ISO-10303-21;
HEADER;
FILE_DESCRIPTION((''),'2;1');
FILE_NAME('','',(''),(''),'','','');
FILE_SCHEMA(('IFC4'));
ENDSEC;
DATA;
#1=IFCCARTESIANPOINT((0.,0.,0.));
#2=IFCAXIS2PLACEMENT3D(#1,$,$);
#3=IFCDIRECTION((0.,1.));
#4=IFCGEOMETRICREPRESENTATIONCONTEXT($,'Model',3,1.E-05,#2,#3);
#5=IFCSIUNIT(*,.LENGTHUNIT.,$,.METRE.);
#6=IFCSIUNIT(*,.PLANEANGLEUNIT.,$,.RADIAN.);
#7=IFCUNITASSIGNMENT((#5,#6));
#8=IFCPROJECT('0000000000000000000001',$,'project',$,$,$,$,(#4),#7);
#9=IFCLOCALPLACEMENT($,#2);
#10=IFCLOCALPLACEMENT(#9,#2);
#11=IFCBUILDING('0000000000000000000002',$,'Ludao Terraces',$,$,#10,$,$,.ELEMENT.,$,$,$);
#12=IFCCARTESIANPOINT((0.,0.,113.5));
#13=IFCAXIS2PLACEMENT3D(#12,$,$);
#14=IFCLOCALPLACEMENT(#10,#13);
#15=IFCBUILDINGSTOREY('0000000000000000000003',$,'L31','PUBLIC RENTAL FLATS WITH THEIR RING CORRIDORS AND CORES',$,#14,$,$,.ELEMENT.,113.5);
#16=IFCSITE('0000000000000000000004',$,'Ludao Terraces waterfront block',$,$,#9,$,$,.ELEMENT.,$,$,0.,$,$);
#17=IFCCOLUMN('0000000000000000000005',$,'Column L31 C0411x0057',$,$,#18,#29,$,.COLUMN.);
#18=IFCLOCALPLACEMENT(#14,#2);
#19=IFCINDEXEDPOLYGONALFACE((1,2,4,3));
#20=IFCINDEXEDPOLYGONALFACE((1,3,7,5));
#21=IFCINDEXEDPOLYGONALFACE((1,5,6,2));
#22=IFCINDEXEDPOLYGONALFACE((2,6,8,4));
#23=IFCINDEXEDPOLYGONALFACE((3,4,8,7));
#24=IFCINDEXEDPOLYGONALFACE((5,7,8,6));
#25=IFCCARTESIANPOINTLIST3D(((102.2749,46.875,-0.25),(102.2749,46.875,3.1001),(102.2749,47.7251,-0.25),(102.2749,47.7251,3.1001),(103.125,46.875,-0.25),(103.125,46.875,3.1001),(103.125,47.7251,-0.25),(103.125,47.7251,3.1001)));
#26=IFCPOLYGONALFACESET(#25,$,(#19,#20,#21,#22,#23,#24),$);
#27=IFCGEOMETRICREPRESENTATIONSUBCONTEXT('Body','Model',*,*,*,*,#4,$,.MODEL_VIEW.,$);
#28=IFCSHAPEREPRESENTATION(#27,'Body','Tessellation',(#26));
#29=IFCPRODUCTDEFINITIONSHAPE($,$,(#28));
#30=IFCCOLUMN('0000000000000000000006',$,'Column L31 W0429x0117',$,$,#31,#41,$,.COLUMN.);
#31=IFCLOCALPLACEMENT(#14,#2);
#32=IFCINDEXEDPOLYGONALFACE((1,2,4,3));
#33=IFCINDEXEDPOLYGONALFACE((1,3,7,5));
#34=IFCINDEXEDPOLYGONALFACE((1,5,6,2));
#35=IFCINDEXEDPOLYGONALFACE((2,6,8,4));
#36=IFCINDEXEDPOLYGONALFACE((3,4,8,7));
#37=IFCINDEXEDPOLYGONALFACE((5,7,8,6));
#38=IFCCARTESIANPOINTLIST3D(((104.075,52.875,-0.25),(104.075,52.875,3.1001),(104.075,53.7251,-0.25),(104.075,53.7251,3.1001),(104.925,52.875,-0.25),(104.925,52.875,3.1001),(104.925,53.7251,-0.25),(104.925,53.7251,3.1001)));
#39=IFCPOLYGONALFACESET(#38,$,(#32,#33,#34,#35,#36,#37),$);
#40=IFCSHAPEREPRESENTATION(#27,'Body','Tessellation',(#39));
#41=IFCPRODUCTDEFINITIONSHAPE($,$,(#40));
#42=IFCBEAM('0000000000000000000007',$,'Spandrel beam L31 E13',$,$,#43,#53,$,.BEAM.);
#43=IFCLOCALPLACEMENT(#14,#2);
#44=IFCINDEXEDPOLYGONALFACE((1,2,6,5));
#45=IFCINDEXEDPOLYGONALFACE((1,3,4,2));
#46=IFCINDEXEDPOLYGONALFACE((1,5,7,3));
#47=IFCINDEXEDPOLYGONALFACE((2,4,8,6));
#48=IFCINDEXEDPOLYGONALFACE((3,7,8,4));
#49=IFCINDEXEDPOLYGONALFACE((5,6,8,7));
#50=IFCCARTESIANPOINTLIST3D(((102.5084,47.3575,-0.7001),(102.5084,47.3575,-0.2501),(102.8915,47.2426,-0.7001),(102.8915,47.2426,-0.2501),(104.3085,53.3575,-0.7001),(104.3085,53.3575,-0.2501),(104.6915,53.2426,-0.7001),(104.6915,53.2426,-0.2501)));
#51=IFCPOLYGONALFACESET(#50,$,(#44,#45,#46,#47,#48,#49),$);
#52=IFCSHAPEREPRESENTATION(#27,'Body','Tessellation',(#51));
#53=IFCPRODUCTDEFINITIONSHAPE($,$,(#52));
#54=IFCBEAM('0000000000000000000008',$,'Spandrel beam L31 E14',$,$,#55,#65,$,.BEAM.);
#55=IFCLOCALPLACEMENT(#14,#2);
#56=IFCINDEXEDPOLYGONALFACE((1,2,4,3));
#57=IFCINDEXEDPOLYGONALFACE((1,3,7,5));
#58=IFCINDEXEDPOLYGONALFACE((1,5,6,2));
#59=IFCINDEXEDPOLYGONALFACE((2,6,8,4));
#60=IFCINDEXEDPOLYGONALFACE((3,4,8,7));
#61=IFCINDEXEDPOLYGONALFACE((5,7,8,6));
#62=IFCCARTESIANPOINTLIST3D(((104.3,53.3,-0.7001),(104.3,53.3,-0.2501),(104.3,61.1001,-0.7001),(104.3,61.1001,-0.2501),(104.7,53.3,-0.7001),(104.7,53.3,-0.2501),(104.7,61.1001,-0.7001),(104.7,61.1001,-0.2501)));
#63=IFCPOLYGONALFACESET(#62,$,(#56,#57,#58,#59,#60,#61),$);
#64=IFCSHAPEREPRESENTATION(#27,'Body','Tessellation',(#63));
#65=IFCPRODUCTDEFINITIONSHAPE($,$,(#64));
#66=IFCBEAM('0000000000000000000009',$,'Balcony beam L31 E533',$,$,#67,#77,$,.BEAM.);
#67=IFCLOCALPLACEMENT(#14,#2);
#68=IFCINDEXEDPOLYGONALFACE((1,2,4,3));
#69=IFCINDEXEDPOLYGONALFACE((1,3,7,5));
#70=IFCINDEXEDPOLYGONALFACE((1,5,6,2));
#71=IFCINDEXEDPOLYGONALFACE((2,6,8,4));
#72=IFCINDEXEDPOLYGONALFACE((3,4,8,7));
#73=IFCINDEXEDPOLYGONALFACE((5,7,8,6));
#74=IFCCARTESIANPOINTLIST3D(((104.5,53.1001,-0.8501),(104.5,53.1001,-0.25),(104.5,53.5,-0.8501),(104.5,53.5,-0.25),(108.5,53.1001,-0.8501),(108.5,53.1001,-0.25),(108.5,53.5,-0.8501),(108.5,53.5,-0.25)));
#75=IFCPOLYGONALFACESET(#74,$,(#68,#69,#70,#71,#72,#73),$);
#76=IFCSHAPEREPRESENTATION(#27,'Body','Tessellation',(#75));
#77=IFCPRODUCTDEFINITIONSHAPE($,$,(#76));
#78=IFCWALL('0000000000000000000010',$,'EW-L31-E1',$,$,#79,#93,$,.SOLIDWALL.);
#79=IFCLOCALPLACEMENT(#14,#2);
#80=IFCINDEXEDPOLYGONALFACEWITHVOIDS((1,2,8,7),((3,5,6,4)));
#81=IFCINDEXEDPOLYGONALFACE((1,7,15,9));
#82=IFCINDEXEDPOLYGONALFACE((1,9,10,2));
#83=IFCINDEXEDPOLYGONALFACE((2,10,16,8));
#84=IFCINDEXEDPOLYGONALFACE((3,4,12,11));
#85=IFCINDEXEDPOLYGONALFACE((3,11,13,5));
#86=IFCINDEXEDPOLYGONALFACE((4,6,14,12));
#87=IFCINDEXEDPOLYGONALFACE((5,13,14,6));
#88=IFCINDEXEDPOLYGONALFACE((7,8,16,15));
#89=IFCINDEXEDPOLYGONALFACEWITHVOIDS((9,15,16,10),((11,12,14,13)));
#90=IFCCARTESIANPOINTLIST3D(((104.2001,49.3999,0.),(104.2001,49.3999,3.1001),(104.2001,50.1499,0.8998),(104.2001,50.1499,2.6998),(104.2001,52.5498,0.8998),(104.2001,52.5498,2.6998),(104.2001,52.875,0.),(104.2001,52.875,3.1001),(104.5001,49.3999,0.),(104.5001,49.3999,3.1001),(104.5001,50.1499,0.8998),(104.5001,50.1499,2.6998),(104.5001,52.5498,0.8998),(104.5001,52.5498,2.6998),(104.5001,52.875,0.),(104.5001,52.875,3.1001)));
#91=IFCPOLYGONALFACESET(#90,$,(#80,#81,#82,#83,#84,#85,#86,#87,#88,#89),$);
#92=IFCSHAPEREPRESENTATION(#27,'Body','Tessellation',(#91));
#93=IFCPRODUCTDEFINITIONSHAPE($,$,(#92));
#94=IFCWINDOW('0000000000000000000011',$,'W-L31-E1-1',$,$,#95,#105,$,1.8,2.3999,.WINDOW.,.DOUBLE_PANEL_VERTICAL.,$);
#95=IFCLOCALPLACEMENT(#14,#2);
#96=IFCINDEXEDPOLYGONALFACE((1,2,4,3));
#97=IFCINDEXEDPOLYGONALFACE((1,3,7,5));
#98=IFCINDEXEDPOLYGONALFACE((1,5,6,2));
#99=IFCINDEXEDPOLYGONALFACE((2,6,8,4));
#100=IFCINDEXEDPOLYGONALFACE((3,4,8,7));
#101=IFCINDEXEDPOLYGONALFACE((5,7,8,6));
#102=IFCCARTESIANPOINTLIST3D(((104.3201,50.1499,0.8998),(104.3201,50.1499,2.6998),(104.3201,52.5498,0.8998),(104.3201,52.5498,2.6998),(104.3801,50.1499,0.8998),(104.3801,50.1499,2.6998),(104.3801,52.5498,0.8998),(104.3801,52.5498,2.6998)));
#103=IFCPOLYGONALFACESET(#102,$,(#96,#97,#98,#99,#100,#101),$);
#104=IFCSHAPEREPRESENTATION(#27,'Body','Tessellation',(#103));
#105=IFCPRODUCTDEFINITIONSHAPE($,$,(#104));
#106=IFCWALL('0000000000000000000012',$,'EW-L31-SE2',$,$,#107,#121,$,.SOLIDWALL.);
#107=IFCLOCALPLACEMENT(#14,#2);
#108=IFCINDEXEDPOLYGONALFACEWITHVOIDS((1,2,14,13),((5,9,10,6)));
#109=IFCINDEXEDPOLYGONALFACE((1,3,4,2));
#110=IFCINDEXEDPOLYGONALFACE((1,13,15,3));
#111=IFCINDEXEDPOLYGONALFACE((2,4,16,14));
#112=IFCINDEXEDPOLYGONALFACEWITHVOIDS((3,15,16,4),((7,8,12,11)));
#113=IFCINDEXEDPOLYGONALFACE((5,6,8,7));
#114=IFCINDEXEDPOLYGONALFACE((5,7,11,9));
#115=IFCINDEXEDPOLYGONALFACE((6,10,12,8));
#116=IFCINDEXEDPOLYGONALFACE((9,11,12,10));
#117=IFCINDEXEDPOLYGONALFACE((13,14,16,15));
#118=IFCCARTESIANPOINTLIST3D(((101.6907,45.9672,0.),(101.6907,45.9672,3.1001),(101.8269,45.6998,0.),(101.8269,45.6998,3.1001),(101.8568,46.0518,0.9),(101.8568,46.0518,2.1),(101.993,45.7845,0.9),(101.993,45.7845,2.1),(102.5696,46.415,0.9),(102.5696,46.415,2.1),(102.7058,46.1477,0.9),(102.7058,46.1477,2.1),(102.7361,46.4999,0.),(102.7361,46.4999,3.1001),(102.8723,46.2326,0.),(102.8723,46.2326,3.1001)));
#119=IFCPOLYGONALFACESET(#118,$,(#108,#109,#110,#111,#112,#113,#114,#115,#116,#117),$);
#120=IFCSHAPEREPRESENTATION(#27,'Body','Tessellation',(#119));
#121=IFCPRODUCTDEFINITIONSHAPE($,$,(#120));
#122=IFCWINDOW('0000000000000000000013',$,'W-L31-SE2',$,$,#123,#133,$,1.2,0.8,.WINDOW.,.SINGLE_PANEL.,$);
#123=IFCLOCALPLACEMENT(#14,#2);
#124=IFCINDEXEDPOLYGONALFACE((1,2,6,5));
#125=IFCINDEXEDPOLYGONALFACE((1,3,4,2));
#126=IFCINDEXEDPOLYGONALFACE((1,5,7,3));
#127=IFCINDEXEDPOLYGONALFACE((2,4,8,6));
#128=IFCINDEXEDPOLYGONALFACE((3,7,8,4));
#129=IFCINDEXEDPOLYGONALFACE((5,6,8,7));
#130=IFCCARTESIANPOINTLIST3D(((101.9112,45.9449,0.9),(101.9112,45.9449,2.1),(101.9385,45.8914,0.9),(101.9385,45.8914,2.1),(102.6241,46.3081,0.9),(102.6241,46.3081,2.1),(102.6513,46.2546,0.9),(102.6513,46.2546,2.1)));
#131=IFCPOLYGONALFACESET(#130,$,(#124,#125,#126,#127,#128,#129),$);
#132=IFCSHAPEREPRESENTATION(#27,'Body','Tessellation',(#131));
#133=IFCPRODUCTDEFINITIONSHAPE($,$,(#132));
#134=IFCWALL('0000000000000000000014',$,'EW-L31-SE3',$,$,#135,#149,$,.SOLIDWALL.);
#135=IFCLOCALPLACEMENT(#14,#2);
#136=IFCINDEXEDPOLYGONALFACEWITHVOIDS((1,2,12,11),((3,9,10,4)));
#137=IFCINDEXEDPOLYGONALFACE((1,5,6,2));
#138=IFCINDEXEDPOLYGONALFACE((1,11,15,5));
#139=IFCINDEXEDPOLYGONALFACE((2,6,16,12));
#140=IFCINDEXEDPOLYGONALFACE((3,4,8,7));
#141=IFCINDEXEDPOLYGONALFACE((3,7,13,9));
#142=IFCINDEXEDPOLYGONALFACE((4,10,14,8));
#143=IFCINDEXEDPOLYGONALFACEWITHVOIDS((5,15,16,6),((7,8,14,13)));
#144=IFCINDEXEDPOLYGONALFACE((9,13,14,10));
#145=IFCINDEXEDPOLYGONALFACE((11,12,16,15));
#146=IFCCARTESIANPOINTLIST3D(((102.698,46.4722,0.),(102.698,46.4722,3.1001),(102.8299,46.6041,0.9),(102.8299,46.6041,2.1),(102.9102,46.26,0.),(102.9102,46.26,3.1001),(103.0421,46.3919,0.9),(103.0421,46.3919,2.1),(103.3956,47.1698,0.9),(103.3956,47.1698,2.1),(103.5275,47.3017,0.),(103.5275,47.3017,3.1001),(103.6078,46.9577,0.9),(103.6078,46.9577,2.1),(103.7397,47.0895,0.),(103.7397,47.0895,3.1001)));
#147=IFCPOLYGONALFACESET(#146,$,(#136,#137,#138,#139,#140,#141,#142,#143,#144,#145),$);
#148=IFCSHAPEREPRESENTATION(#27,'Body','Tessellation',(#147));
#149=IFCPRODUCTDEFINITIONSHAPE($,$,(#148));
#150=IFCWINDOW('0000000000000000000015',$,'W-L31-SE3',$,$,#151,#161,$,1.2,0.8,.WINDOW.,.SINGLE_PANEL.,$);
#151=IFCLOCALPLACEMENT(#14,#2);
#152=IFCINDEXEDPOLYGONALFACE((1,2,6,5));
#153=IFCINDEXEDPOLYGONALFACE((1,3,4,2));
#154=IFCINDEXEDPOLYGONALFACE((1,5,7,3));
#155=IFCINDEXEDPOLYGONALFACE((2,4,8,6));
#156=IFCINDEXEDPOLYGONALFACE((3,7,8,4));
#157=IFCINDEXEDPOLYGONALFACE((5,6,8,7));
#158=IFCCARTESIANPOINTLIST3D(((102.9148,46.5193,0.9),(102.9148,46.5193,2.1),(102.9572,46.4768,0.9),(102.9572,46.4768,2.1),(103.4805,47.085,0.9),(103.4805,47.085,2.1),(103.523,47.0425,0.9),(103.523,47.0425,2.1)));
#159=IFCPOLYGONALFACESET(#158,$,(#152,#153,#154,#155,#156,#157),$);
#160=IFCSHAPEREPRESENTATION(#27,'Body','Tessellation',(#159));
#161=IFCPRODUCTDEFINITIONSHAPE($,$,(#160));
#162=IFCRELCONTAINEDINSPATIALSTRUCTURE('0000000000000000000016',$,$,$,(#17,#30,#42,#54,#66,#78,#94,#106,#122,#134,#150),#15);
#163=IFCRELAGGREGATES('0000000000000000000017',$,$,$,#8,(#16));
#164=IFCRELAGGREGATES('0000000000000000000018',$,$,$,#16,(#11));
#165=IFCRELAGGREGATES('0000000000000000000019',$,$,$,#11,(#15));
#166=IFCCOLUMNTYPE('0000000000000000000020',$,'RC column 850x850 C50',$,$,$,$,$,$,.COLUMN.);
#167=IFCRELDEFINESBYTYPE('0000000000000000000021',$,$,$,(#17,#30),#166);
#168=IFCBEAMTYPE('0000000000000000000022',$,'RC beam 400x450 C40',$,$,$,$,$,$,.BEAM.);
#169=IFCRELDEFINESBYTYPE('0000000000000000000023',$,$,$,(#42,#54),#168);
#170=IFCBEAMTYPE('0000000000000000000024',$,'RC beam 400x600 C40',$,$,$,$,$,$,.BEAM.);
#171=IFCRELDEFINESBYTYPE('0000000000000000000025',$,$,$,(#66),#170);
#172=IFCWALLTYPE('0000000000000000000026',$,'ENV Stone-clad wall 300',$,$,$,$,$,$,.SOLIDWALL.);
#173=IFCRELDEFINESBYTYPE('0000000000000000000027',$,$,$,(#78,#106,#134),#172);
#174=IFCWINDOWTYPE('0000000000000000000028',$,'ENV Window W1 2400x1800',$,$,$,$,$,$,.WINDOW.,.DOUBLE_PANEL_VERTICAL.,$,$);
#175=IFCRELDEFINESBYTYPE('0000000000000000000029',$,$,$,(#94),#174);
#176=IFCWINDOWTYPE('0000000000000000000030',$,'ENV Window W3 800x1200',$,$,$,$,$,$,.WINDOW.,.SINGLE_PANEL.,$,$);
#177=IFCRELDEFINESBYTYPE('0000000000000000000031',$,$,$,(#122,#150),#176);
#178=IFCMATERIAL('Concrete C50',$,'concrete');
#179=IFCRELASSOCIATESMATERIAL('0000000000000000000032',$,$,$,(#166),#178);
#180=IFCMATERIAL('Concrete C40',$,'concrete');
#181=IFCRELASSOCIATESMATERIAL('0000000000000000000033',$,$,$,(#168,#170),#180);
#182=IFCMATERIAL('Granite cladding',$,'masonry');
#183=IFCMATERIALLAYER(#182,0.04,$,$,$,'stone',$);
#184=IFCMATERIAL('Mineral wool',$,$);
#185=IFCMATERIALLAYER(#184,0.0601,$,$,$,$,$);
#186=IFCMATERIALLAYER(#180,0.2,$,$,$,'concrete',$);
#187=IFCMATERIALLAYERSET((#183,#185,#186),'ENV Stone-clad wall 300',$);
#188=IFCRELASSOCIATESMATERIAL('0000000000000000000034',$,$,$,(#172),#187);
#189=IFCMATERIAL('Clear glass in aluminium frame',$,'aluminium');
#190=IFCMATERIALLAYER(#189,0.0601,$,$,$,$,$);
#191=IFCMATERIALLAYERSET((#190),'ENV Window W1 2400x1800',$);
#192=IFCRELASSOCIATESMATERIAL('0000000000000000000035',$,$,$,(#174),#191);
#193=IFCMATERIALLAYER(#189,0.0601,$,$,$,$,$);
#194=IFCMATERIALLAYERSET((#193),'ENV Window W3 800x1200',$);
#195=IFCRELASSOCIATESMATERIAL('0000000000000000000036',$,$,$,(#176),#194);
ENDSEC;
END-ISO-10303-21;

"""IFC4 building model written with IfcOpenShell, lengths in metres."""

from ifc_helpers import new_model, si_unit, direction, frame, frame_2d, origin, origin_2d, place, context, subcontext, project, spatial, rectangle, extrude, material, layer, layer_set, material_profile, profile_set, type_object, element, fill, save


model = new_model("IFC4")

# Units and contexts
model_context = context("Model", 3, precision=1e-05, world=origin(), true_north=direction((0.0, 1.0)))
body_context = subcontext(model_context, "Body", "Model", "MODEL_VIEW")
ifc_project = project(units=[si_unit("LENGTHUNIT", "METRE"), si_unit("PLANEANGLEUNIT", "RADIAN")], contexts=[model_context])

# Site, building, storey
site_placement = place(None, origin())
site = spatial("IfcSite", under=ifc_project, at=site_placement, Name="Ludao Terraces waterfront block", CompositionType="ELEMENT", RefElevation=0.0)
building_placement = place(site_placement, origin())
building = spatial("IfcBuilding", under=site, at=building_placement, Name="Ludao Terraces", CompositionType="ELEMENT")
storey_placement = place(building_placement, frame((0.0, 0.0, 113.5)))
storey = spatial("IfcBuildingStorey", under=building, at=storey_placement, Name="L31", Description="PUBLIC RENTAL FLATS WITH THEIR RING CORRIDORS AND CORES", CompositionType="ELEMENT", Elevation=113.5)

# Columns
ifc_material_1 = material(Name="Concrete C50", Category="concrete")
ifc_material_profile_1 = material_profile(ifc_material_1, rectangle(XDim=0.8501, YDim=0.8501, at=origin_2d()), Name="850 X 850")
ifc_profile_set_1 = profile_set([ifc_material_profile_1], Name="Concrete C50")
column_type = type_object("IfcColumnType", Name="RC column 850x850 C50", PredefinedType="COLUMN", material=ifc_profile_set_1)
for number, where, z_axis, x_axis, name in (
    (1, (102.7, 47.3, -0.25), (0.0, 0.0, 1.0), (1.0, 0.0, 0.0), "Column L31 C0411x0057"),
    (2, (104.5, 53.3, -0.25), (0.0, 0.0, 1.0), (1.0, 0.0, 0.0), "Column L31 W0429x0117"),
):
    element("IfcColumn", number, at=place(storey_placement, frame(where, z_axis=z_axis, x_axis=x_axis)), inside=storey, type_object=column_type, Name=name, PredefinedType="COLUMN", context=body_context, shape_type="SweptSolid", body=[
        extrude(rectangle(XDim=0.8501, YDim=0.8501, at=origin_2d()), origin(), (0.0, 0.0, 1.0), 3.3501),
    ])

# Beams
ifc_material_2 = material(Name="Concrete C40", Category="concrete")
ifc_material_profile_2 = material_profile(ifc_material_2, rectangle(XDim=0.3999, YDim=0.45, at=origin_2d()), Name="400 X 450")
ifc_profile_set_2 = profile_set([ifc_material_profile_2], Name="Concrete C40")
beam_type_1 = type_object("IfcBeamType", Name="RC beam 400x450 C40", PredefinedType="BEAM", material=ifc_profile_set_2)
beam_1_placement = place(storey_placement, frame((102.7, 47.3, -0.4751), z_axis=(0.287355, 0.957824, 0.0), x_axis=(-0.957824, 0.287355, 0.0)))
element("IfcBeam", 3, at=beam_1_placement, inside=storey, type_object=beam_type_1, Name="Spandrel beam L31 E13", PredefinedType="BEAM", context=body_context, shape_type="SweptSolid", body=[
    extrude(rectangle(XDim=0.3999, YDim=0.45, at=origin_2d()), origin(), (0.0, 0.0, 1.0), 6.2642),
])
beam_2_placement = place(storey_placement, frame((104.5, 53.3, -0.4751), z_axis=(0.0, 1.0, 0.0), x_axis=(-1.0, 0.0, 0.0)))
element("IfcBeam", 4, at=beam_2_placement, inside=storey, type_object=beam_type_1, Name="Spandrel beam L31 E14", PredefinedType="BEAM", context=body_context, shape_type="SweptSolid", body=[
    extrude(rectangle(XDim=0.3999, YDim=0.45, at=origin_2d()), origin(), (0.0, 0.0, 1.0), 7.8),
])
ifc_material_profile_3 = material_profile(ifc_material_2, rectangle(XDim=0.3999, YDim=0.6001, at=origin_2d()), Name="400 X 600")
ifc_profile_set_3 = profile_set([ifc_material_profile_3], Name="Concrete C40")
beam_type_2 = type_object("IfcBeamType", Name="RC beam 400x600 C40", PredefinedType="BEAM", material=ifc_profile_set_3)
beam_3_placement = place(storey_placement, frame((104.5, 53.3, -0.55), z_axis=(1.0, 0.0, 0.0), x_axis=(0.0, 1.0, 0.0)))
element("IfcBeam", 5, at=beam_3_placement, inside=storey, type_object=beam_type_2, Name="Balcony beam L31 E533", PredefinedType="BEAM", context=body_context, shape_type="SweptSolid", body=[
    extrude(rectangle(XDim=0.3999, YDim=0.6001, at=origin_2d()), origin(), (0.0, 0.0, 1.0), 4.0),
])

# Walls, openings, windows
ifc_material_3 = material(Name="Granite cladding", Category="masonry")
ifc_layer_1 = layer(ifc_material_3, 0.04, Category="stone")
ifc_material_4 = material(Name="Mineral wool")
ifc_layer_2 = layer(ifc_material_4, 0.0601)
ifc_layer_3 = layer(ifc_material_2, 0.2, Category="concrete")
ifc_layer_set_1 = layer_set([ifc_layer_1, ifc_layer_2, ifc_layer_3], Name="ENV Stone-clad wall 300")
wall_type = type_object("IfcWallType", Name="ENV Stone-clad wall 300", PredefinedType="SOLIDWALL", material=ifc_layer_set_1)
wall_1_placement = place(storey_placement, frame((104.3501, 49.3999, 0.0), z_axis=(0.0, 0.0, 1.0), x_axis=(0.0, 1.0, 0.0)))
wall_1 = element("IfcWall", 6, at=wall_1_placement, inside=storey, type_object=wall_type, Name="EW-L31-E1", PredefinedType="SOLIDWALL", context=body_context, shape_type="SweptSolid", body=[
    extrude(rectangle(XDim=3.4751, YDim=0.3, at=frame_2d((1.7375, 0.0))), origin(), (0.0, 0.0, 1.0), 3.1001),
])
opening_1_placement = place(wall_1_placement, frame((0.75, 0.0, 0.8999)))
opening_1 = element("IfcOpeningElement", 7, at=opening_1_placement, cuts=wall_1, PredefinedType="OPENING", context=body_context, shape_type="SweptSolid", body=[
    extrude(rectangle(XDim=2.3999, YDim=1.8, at=frame_2d((1.2, 0.8999))), frame((0.0, 0.1602, 0.0), z_axis=(0.0, -1.0, 0.0), x_axis=(1.0, 0.0, 0.0)), (0.0, 0.0, 1.0), 0.3201),
])
ifc_material_5 = material(Name="Clear glass in aluminium frame", Category="aluminium")
ifc_layer_4 = layer(ifc_material_5, 0.0601)
ifc_layer_set_2 = layer_set([ifc_layer_4], Name="ENV Window W1 2400x1800")
window_type_1 = type_object("IfcWindowType", Name="ENV Window W1 2400x1800", PartitioningType="DOUBLE_PANEL_VERTICAL", PredefinedType="WINDOW", material=ifc_layer_set_2)
window_1_placement = place(opening_1_placement, origin())
window_1 = element("IfcWindow", 8, at=window_1_placement, inside=storey, type_object=window_type_1, Name="W-L31-E1-1", OverallHeight=1.8, OverallWidth=2.3999, PartitioningType="DOUBLE_PANEL_VERTICAL", PredefinedType="WINDOW", context=body_context, shape_type="SweptSolid", body=[
    extrude(rectangle(XDim=2.3999, YDim=1.8, at=frame_2d((1.2, 0.8999))), frame((0.0, 0.03, 0.0), z_axis=(0.0, -1.0, 0.0), x_axis=(1.0, 0.0, 0.0)), (0.0, 0.0, 1.0), 0.0601),
])
fill(opening_1, window_1)
wall_2_placement = place(storey_placement, frame((101.7588, 45.8335, 0.0), z_axis=(0.0, 0.0, 1.0), x_axis=(0.890989, 0.454026, 0.0)))
wall_2 = element("IfcWall", 9, at=wall_2_placement, inside=storey, type_object=wall_type, Name="EW-L31-SE2", PredefinedType="SOLIDWALL", context=body_context, shape_type="SweptSolid", body=[
    extrude(rectangle(XDim=1.1733, YDim=0.3, at=frame_2d((0.5867, 0.0))), origin(), (0.0, 0.0, 1.0), 3.1001),
])
opening_2_placement = place(wall_2_placement, frame((0.1865, 0.0, 0.8999)))
opening_2 = element("IfcOpeningElement", 10, at=opening_2_placement, cuts=wall_2, PredefinedType="OPENING", context=body_context, shape_type="SweptSolid", body=[
    extrude(rectangle(XDim=0.8, YDim=1.2, at=frame_2d((0.3999, 0.6001))), frame((0.0, 0.1602, 0.0), z_axis=(0.0, -1.0, 0.0), x_axis=(1.0, 0.0, 0.0)), (0.0, 0.0, 1.0), 0.3201),
])
ifc_layer_5 = layer(ifc_material_5, 0.0601)
ifc_layer_set_3 = layer_set([ifc_layer_5], Name="ENV Window W3 800x1200")
window_type_2 = type_object("IfcWindowType", Name="ENV Window W3 800x1200", PartitioningType="SINGLE_PANEL", PredefinedType="WINDOW", material=ifc_layer_set_3)
window_2_placement = place(opening_2_placement, origin())
window_2 = element("IfcWindow", 11, at=window_2_placement, inside=storey, type_object=window_type_2, Name="W-L31-SE2", OverallHeight=1.2, OverallWidth=0.8, PartitioningType="SINGLE_PANEL", PredefinedType="WINDOW", context=body_context, shape_type="SweptSolid", body=[
    extrude(rectangle(XDim=0.8, YDim=1.2, at=frame_2d((0.3999, 0.6001))), frame((0.0, 0.03, 0.0), z_axis=(0.0, -1.0, 0.0), x_axis=(1.0, 0.0, 0.0)), (0.0, 0.0, 1.0), 0.0601),
])
fill(opening_2, window_2)
wall_3_placement = place(storey_placement, frame((102.8042, 46.3662, 0.0), z_axis=(0.0, 0.0, 1.0), x_axis=(0.707107, 0.707107, 0.0)))
wall_3 = element("IfcWall", 12, at=wall_3_placement, inside=storey, type_object=wall_type, Name="EW-L31-SE3", PredefinedType="SOLIDWALL", context=body_context, shape_type="SweptSolid", body=[
    extrude(rectangle(XDim=1.1731, YDim=0.3, at=frame_2d((0.5864, 0.0))), origin(), (0.0, 0.0, 1.0), 3.1001),
])
opening_3_placement = place(wall_3_placement, frame((0.1865, 0.0, 0.8999)))
opening_3 = element("IfcOpeningElement", 13, at=opening_3_placement, cuts=wall_3, PredefinedType="OPENING", context=body_context, shape_type="SweptSolid", body=[
    extrude(rectangle(XDim=0.8, YDim=1.2, at=frame_2d((0.3999, 0.6001))), frame((0.0, 0.1602, 0.0), z_axis=(0.0, -1.0, 0.0), x_axis=(1.0, 0.0, 0.0)), (0.0, 0.0, 1.0), 0.3201),
])
window_3_placement = place(opening_3_placement, origin())
window_3 = element("IfcWindow", 14, at=window_3_placement, inside=storey, type_object=window_type_2, Name="W-L31-SE3", OverallHeight=1.2, OverallWidth=0.8, PartitioningType="SINGLE_PANEL", PredefinedType="WINDOW", context=body_context, shape_type="SweptSolid", body=[
    extrude(rectangle(XDim=0.8, YDim=1.2, at=frame_2d((0.3999, 0.6001))), frame((0.0, 0.03, 0.0), z_axis=(0.0, -1.0, 0.0), x_axis=(1.0, 0.0, 0.0)), (0.0, 0.0, 1.0), 0.0601),
])
fill(opening_3, window_3)

save(model, "model.ifc")
